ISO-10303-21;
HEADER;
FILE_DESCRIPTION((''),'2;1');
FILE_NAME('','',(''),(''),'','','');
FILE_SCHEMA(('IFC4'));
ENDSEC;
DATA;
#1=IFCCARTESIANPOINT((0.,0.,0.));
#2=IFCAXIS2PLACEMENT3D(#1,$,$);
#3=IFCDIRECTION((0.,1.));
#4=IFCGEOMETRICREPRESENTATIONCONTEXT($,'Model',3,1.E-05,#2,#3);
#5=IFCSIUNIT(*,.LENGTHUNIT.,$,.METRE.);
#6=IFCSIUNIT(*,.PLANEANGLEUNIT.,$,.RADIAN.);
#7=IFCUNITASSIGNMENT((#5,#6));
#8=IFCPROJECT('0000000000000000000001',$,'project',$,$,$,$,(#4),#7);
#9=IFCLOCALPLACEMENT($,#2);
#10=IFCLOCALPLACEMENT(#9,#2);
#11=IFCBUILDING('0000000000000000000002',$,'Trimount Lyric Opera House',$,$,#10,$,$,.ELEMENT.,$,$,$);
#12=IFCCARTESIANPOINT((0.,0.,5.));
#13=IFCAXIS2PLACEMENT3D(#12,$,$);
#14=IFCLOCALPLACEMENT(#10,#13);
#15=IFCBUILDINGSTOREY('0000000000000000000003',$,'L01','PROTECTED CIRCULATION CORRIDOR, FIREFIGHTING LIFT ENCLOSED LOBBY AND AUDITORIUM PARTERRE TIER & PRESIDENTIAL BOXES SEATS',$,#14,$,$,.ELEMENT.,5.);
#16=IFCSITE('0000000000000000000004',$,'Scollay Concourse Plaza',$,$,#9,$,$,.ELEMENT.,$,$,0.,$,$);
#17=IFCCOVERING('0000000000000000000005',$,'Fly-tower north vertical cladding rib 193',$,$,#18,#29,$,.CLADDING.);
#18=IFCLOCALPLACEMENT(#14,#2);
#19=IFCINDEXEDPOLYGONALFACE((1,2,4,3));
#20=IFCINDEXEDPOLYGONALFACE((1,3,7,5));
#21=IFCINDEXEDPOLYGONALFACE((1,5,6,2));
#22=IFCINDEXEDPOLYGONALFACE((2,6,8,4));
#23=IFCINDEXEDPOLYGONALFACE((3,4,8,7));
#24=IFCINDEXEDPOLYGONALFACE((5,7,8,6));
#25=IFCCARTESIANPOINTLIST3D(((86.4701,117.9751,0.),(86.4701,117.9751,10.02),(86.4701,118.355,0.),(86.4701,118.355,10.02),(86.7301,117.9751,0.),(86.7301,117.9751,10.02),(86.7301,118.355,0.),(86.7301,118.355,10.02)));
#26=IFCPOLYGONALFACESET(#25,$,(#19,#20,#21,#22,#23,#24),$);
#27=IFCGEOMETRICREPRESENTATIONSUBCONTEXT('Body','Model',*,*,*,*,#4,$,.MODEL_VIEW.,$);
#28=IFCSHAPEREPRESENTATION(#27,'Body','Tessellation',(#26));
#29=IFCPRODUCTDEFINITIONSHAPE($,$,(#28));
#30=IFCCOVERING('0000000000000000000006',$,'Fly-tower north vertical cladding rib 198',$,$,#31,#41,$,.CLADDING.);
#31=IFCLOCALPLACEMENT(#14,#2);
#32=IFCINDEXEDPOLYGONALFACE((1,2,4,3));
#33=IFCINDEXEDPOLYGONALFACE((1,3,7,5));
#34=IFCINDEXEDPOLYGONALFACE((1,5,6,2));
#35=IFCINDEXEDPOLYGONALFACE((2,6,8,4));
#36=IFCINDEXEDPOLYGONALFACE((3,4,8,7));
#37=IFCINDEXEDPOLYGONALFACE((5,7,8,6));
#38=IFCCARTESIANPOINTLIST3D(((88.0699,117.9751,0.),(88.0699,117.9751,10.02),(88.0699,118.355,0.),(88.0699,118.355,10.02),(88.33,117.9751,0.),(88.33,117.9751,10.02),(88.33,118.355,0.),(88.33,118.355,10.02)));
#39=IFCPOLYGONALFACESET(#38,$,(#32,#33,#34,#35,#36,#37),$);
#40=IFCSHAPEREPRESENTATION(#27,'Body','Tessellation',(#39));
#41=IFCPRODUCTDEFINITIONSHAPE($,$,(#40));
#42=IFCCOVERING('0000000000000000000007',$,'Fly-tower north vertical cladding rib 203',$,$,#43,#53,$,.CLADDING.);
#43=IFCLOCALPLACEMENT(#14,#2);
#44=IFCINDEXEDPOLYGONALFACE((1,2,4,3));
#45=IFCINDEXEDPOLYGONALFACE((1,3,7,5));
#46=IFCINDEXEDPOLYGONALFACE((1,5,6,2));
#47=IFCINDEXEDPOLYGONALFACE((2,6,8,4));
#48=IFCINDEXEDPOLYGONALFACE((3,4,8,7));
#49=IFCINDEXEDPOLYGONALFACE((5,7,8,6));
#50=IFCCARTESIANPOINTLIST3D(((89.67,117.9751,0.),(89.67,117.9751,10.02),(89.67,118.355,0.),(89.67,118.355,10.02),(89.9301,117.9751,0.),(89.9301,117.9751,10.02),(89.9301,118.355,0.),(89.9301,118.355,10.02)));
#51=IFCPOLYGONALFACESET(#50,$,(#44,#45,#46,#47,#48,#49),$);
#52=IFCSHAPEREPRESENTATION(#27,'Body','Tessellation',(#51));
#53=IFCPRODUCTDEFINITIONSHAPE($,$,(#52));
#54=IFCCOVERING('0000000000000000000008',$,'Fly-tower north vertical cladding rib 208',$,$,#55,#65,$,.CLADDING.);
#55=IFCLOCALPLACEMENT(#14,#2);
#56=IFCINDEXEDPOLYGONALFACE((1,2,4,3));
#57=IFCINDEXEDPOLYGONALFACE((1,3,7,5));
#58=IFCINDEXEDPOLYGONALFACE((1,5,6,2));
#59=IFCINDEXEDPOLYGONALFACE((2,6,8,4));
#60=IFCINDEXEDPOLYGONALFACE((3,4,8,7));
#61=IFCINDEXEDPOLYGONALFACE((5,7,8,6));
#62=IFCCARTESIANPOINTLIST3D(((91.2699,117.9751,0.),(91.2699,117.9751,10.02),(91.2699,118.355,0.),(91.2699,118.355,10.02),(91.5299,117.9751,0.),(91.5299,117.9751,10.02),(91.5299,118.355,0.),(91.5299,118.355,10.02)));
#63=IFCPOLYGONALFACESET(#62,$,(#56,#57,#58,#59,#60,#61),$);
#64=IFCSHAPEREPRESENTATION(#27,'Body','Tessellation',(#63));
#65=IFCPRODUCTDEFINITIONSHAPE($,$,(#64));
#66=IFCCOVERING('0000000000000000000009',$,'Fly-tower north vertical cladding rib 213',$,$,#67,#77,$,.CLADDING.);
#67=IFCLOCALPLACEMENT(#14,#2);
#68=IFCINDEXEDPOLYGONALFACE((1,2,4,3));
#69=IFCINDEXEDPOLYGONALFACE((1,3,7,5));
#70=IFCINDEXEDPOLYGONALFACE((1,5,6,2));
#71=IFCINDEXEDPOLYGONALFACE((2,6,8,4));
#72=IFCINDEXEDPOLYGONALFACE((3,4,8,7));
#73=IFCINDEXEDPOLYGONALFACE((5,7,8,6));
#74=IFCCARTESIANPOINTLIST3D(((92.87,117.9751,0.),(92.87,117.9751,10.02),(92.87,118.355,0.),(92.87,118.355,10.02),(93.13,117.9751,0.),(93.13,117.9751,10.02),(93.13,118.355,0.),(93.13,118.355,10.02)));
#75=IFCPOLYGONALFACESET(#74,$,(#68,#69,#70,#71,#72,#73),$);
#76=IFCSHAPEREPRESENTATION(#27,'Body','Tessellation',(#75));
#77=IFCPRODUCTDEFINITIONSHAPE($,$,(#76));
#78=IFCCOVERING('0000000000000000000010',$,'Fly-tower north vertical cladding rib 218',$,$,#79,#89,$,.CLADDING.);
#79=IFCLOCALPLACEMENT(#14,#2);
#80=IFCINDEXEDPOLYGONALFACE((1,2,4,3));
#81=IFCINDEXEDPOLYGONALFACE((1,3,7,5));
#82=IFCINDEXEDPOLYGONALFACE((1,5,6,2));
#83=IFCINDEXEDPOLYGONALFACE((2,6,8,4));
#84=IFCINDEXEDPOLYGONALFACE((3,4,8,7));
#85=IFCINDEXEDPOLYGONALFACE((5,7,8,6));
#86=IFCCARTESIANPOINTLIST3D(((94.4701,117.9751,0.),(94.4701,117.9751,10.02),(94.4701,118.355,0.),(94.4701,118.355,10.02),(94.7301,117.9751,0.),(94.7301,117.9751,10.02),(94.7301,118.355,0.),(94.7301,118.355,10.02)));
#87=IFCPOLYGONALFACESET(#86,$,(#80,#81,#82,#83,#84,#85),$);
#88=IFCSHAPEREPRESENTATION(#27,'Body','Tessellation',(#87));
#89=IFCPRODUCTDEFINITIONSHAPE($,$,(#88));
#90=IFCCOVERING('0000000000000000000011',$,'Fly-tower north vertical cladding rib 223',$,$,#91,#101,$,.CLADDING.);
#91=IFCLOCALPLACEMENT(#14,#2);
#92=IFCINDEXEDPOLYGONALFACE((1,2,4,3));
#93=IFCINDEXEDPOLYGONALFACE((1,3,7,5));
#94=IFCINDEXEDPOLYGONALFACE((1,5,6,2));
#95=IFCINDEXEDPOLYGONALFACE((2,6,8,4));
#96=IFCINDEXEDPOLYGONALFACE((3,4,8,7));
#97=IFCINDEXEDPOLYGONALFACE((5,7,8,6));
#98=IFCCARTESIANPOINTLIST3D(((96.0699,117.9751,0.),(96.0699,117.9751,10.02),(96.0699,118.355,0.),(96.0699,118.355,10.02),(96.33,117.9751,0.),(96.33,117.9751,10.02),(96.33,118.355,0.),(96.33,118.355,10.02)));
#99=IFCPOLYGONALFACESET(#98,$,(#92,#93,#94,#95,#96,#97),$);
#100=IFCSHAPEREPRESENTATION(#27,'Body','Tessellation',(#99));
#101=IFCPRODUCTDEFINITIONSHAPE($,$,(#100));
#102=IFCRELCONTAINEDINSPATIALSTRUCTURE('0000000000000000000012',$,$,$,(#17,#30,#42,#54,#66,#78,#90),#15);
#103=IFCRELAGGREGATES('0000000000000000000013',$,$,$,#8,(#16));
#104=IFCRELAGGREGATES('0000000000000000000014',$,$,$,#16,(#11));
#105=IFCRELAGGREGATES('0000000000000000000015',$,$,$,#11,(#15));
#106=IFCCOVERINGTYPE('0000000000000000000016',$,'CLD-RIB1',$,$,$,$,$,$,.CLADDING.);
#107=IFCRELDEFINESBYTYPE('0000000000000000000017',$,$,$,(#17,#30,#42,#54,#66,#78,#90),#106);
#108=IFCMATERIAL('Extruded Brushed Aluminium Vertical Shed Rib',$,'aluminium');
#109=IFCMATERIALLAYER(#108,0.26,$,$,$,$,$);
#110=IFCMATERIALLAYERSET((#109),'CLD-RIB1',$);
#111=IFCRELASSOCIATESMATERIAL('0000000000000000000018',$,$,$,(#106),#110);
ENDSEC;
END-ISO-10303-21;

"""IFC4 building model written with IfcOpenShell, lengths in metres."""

from ifc_helpers import new_model, si_unit, direction, frame, origin, origin_2d, place, context, subcontext, project, spatial, rectangle, extrude, material, layer, layer_set, type_object, element, save


model = new_model("IFC4")

# Units and contexts
model_context = context("Model", 3, precision=1e-05, world=origin(), true_north=direction((0.0, 1.0)))
body_context = subcontext(model_context, "Body", "Model", "MODEL_VIEW")
ifc_project = project(units=[si_unit("LENGTHUNIT", "METRE"), si_unit("PLANEANGLEUNIT", "RADIAN")], contexts=[model_context])

# Site, building, storey
site_placement = place(None, origin())
site = spatial("IfcSite", under=ifc_project, at=site_placement, Name="Scollay Concourse Plaza", CompositionType="ELEMENT", RefElevation=0.0)
building_placement = place(site_placement, origin())
building = spatial("IfcBuilding", under=site, at=building_placement, Name="Trimount Lyric Opera House", CompositionType="ELEMENT")
storey_placement = place(building_placement, frame((0.0, 0.0, 5.0)))
storey = spatial("IfcBuildingStorey", under=building, at=storey_placement, Name="L01", Description="PROTECTED CIRCULATION CORRIDOR, FIREFIGHTING LIFT ENCLOSED LOBBY AND AUDITORIUM PARTERRE TIER & PRESIDENTIAL BOXES SEATS", CompositionType="ELEMENT", Elevation=5.0)

# Coverings
ifc_material_1 = material(Name="Extruded Brushed Aluminium Vertical Shed Rib", Category="aluminium")
ifc_layer_1 = layer(ifc_material_1, 0.26)
ifc_layer_set_1 = layer_set([ifc_layer_1], Name="CLD-RIB1")
covering_type = type_object("IfcCoveringType", Name="CLD-RIB1", PredefinedType="CLADDING", material=ifc_layer_set_1)
for number, where, z_axis, x_axis, name in (
    (1, (86.6001, 118.165, 0.0), (0.0, 0.0, 1.0), (1.0, 0.0, 0.0), "Fly-tower north vertical cladding rib 193"),
    (2, (88.2, 118.165, 0.0), (0.0, 0.0, 1.0), (1.0, 0.0, 0.0), "Fly-tower north vertical cladding rib 198"),
    (3, (89.8, 118.165, 0.0), (0.0, 0.0, 1.0), (1.0, 0.0, 0.0), "Fly-tower north vertical cladding rib 203"),
    (4, (91.3999, 118.165, 0.0), (0.0, 0.0, 1.0), (1.0, 0.0, 0.0), "Fly-tower north vertical cladding rib 208"),
    (5, (93.0, 118.165, 0.0), (0.0, 0.0, 1.0), (1.0, 0.0, 0.0), "Fly-tower north vertical cladding rib 213"),
    (6, (94.6001, 118.165, 0.0), (0.0, 0.0, 1.0), (1.0, 0.0, 0.0), "Fly-tower north vertical cladding rib 218"),
    (7, (96.2, 118.165, 0.0), (0.0, 0.0, 1.0), (1.0, 0.0, 0.0), "Fly-tower north vertical cladding rib 223"),
):
    element("IfcCovering", number, at=place(storey_placement, frame(where, z_axis=z_axis, x_axis=x_axis)), inside=storey, type_object=covering_type, Name=name, PredefinedType="CLADDING", context=body_context, shape_type="SweptSolid", body=[
        extrude(rectangle(XDim=0.26, YDim=0.3799, at=origin_2d()), origin(), (0.0, 0.0, 1.0), 10.02),
    ])

save(model, "model.ifc")
